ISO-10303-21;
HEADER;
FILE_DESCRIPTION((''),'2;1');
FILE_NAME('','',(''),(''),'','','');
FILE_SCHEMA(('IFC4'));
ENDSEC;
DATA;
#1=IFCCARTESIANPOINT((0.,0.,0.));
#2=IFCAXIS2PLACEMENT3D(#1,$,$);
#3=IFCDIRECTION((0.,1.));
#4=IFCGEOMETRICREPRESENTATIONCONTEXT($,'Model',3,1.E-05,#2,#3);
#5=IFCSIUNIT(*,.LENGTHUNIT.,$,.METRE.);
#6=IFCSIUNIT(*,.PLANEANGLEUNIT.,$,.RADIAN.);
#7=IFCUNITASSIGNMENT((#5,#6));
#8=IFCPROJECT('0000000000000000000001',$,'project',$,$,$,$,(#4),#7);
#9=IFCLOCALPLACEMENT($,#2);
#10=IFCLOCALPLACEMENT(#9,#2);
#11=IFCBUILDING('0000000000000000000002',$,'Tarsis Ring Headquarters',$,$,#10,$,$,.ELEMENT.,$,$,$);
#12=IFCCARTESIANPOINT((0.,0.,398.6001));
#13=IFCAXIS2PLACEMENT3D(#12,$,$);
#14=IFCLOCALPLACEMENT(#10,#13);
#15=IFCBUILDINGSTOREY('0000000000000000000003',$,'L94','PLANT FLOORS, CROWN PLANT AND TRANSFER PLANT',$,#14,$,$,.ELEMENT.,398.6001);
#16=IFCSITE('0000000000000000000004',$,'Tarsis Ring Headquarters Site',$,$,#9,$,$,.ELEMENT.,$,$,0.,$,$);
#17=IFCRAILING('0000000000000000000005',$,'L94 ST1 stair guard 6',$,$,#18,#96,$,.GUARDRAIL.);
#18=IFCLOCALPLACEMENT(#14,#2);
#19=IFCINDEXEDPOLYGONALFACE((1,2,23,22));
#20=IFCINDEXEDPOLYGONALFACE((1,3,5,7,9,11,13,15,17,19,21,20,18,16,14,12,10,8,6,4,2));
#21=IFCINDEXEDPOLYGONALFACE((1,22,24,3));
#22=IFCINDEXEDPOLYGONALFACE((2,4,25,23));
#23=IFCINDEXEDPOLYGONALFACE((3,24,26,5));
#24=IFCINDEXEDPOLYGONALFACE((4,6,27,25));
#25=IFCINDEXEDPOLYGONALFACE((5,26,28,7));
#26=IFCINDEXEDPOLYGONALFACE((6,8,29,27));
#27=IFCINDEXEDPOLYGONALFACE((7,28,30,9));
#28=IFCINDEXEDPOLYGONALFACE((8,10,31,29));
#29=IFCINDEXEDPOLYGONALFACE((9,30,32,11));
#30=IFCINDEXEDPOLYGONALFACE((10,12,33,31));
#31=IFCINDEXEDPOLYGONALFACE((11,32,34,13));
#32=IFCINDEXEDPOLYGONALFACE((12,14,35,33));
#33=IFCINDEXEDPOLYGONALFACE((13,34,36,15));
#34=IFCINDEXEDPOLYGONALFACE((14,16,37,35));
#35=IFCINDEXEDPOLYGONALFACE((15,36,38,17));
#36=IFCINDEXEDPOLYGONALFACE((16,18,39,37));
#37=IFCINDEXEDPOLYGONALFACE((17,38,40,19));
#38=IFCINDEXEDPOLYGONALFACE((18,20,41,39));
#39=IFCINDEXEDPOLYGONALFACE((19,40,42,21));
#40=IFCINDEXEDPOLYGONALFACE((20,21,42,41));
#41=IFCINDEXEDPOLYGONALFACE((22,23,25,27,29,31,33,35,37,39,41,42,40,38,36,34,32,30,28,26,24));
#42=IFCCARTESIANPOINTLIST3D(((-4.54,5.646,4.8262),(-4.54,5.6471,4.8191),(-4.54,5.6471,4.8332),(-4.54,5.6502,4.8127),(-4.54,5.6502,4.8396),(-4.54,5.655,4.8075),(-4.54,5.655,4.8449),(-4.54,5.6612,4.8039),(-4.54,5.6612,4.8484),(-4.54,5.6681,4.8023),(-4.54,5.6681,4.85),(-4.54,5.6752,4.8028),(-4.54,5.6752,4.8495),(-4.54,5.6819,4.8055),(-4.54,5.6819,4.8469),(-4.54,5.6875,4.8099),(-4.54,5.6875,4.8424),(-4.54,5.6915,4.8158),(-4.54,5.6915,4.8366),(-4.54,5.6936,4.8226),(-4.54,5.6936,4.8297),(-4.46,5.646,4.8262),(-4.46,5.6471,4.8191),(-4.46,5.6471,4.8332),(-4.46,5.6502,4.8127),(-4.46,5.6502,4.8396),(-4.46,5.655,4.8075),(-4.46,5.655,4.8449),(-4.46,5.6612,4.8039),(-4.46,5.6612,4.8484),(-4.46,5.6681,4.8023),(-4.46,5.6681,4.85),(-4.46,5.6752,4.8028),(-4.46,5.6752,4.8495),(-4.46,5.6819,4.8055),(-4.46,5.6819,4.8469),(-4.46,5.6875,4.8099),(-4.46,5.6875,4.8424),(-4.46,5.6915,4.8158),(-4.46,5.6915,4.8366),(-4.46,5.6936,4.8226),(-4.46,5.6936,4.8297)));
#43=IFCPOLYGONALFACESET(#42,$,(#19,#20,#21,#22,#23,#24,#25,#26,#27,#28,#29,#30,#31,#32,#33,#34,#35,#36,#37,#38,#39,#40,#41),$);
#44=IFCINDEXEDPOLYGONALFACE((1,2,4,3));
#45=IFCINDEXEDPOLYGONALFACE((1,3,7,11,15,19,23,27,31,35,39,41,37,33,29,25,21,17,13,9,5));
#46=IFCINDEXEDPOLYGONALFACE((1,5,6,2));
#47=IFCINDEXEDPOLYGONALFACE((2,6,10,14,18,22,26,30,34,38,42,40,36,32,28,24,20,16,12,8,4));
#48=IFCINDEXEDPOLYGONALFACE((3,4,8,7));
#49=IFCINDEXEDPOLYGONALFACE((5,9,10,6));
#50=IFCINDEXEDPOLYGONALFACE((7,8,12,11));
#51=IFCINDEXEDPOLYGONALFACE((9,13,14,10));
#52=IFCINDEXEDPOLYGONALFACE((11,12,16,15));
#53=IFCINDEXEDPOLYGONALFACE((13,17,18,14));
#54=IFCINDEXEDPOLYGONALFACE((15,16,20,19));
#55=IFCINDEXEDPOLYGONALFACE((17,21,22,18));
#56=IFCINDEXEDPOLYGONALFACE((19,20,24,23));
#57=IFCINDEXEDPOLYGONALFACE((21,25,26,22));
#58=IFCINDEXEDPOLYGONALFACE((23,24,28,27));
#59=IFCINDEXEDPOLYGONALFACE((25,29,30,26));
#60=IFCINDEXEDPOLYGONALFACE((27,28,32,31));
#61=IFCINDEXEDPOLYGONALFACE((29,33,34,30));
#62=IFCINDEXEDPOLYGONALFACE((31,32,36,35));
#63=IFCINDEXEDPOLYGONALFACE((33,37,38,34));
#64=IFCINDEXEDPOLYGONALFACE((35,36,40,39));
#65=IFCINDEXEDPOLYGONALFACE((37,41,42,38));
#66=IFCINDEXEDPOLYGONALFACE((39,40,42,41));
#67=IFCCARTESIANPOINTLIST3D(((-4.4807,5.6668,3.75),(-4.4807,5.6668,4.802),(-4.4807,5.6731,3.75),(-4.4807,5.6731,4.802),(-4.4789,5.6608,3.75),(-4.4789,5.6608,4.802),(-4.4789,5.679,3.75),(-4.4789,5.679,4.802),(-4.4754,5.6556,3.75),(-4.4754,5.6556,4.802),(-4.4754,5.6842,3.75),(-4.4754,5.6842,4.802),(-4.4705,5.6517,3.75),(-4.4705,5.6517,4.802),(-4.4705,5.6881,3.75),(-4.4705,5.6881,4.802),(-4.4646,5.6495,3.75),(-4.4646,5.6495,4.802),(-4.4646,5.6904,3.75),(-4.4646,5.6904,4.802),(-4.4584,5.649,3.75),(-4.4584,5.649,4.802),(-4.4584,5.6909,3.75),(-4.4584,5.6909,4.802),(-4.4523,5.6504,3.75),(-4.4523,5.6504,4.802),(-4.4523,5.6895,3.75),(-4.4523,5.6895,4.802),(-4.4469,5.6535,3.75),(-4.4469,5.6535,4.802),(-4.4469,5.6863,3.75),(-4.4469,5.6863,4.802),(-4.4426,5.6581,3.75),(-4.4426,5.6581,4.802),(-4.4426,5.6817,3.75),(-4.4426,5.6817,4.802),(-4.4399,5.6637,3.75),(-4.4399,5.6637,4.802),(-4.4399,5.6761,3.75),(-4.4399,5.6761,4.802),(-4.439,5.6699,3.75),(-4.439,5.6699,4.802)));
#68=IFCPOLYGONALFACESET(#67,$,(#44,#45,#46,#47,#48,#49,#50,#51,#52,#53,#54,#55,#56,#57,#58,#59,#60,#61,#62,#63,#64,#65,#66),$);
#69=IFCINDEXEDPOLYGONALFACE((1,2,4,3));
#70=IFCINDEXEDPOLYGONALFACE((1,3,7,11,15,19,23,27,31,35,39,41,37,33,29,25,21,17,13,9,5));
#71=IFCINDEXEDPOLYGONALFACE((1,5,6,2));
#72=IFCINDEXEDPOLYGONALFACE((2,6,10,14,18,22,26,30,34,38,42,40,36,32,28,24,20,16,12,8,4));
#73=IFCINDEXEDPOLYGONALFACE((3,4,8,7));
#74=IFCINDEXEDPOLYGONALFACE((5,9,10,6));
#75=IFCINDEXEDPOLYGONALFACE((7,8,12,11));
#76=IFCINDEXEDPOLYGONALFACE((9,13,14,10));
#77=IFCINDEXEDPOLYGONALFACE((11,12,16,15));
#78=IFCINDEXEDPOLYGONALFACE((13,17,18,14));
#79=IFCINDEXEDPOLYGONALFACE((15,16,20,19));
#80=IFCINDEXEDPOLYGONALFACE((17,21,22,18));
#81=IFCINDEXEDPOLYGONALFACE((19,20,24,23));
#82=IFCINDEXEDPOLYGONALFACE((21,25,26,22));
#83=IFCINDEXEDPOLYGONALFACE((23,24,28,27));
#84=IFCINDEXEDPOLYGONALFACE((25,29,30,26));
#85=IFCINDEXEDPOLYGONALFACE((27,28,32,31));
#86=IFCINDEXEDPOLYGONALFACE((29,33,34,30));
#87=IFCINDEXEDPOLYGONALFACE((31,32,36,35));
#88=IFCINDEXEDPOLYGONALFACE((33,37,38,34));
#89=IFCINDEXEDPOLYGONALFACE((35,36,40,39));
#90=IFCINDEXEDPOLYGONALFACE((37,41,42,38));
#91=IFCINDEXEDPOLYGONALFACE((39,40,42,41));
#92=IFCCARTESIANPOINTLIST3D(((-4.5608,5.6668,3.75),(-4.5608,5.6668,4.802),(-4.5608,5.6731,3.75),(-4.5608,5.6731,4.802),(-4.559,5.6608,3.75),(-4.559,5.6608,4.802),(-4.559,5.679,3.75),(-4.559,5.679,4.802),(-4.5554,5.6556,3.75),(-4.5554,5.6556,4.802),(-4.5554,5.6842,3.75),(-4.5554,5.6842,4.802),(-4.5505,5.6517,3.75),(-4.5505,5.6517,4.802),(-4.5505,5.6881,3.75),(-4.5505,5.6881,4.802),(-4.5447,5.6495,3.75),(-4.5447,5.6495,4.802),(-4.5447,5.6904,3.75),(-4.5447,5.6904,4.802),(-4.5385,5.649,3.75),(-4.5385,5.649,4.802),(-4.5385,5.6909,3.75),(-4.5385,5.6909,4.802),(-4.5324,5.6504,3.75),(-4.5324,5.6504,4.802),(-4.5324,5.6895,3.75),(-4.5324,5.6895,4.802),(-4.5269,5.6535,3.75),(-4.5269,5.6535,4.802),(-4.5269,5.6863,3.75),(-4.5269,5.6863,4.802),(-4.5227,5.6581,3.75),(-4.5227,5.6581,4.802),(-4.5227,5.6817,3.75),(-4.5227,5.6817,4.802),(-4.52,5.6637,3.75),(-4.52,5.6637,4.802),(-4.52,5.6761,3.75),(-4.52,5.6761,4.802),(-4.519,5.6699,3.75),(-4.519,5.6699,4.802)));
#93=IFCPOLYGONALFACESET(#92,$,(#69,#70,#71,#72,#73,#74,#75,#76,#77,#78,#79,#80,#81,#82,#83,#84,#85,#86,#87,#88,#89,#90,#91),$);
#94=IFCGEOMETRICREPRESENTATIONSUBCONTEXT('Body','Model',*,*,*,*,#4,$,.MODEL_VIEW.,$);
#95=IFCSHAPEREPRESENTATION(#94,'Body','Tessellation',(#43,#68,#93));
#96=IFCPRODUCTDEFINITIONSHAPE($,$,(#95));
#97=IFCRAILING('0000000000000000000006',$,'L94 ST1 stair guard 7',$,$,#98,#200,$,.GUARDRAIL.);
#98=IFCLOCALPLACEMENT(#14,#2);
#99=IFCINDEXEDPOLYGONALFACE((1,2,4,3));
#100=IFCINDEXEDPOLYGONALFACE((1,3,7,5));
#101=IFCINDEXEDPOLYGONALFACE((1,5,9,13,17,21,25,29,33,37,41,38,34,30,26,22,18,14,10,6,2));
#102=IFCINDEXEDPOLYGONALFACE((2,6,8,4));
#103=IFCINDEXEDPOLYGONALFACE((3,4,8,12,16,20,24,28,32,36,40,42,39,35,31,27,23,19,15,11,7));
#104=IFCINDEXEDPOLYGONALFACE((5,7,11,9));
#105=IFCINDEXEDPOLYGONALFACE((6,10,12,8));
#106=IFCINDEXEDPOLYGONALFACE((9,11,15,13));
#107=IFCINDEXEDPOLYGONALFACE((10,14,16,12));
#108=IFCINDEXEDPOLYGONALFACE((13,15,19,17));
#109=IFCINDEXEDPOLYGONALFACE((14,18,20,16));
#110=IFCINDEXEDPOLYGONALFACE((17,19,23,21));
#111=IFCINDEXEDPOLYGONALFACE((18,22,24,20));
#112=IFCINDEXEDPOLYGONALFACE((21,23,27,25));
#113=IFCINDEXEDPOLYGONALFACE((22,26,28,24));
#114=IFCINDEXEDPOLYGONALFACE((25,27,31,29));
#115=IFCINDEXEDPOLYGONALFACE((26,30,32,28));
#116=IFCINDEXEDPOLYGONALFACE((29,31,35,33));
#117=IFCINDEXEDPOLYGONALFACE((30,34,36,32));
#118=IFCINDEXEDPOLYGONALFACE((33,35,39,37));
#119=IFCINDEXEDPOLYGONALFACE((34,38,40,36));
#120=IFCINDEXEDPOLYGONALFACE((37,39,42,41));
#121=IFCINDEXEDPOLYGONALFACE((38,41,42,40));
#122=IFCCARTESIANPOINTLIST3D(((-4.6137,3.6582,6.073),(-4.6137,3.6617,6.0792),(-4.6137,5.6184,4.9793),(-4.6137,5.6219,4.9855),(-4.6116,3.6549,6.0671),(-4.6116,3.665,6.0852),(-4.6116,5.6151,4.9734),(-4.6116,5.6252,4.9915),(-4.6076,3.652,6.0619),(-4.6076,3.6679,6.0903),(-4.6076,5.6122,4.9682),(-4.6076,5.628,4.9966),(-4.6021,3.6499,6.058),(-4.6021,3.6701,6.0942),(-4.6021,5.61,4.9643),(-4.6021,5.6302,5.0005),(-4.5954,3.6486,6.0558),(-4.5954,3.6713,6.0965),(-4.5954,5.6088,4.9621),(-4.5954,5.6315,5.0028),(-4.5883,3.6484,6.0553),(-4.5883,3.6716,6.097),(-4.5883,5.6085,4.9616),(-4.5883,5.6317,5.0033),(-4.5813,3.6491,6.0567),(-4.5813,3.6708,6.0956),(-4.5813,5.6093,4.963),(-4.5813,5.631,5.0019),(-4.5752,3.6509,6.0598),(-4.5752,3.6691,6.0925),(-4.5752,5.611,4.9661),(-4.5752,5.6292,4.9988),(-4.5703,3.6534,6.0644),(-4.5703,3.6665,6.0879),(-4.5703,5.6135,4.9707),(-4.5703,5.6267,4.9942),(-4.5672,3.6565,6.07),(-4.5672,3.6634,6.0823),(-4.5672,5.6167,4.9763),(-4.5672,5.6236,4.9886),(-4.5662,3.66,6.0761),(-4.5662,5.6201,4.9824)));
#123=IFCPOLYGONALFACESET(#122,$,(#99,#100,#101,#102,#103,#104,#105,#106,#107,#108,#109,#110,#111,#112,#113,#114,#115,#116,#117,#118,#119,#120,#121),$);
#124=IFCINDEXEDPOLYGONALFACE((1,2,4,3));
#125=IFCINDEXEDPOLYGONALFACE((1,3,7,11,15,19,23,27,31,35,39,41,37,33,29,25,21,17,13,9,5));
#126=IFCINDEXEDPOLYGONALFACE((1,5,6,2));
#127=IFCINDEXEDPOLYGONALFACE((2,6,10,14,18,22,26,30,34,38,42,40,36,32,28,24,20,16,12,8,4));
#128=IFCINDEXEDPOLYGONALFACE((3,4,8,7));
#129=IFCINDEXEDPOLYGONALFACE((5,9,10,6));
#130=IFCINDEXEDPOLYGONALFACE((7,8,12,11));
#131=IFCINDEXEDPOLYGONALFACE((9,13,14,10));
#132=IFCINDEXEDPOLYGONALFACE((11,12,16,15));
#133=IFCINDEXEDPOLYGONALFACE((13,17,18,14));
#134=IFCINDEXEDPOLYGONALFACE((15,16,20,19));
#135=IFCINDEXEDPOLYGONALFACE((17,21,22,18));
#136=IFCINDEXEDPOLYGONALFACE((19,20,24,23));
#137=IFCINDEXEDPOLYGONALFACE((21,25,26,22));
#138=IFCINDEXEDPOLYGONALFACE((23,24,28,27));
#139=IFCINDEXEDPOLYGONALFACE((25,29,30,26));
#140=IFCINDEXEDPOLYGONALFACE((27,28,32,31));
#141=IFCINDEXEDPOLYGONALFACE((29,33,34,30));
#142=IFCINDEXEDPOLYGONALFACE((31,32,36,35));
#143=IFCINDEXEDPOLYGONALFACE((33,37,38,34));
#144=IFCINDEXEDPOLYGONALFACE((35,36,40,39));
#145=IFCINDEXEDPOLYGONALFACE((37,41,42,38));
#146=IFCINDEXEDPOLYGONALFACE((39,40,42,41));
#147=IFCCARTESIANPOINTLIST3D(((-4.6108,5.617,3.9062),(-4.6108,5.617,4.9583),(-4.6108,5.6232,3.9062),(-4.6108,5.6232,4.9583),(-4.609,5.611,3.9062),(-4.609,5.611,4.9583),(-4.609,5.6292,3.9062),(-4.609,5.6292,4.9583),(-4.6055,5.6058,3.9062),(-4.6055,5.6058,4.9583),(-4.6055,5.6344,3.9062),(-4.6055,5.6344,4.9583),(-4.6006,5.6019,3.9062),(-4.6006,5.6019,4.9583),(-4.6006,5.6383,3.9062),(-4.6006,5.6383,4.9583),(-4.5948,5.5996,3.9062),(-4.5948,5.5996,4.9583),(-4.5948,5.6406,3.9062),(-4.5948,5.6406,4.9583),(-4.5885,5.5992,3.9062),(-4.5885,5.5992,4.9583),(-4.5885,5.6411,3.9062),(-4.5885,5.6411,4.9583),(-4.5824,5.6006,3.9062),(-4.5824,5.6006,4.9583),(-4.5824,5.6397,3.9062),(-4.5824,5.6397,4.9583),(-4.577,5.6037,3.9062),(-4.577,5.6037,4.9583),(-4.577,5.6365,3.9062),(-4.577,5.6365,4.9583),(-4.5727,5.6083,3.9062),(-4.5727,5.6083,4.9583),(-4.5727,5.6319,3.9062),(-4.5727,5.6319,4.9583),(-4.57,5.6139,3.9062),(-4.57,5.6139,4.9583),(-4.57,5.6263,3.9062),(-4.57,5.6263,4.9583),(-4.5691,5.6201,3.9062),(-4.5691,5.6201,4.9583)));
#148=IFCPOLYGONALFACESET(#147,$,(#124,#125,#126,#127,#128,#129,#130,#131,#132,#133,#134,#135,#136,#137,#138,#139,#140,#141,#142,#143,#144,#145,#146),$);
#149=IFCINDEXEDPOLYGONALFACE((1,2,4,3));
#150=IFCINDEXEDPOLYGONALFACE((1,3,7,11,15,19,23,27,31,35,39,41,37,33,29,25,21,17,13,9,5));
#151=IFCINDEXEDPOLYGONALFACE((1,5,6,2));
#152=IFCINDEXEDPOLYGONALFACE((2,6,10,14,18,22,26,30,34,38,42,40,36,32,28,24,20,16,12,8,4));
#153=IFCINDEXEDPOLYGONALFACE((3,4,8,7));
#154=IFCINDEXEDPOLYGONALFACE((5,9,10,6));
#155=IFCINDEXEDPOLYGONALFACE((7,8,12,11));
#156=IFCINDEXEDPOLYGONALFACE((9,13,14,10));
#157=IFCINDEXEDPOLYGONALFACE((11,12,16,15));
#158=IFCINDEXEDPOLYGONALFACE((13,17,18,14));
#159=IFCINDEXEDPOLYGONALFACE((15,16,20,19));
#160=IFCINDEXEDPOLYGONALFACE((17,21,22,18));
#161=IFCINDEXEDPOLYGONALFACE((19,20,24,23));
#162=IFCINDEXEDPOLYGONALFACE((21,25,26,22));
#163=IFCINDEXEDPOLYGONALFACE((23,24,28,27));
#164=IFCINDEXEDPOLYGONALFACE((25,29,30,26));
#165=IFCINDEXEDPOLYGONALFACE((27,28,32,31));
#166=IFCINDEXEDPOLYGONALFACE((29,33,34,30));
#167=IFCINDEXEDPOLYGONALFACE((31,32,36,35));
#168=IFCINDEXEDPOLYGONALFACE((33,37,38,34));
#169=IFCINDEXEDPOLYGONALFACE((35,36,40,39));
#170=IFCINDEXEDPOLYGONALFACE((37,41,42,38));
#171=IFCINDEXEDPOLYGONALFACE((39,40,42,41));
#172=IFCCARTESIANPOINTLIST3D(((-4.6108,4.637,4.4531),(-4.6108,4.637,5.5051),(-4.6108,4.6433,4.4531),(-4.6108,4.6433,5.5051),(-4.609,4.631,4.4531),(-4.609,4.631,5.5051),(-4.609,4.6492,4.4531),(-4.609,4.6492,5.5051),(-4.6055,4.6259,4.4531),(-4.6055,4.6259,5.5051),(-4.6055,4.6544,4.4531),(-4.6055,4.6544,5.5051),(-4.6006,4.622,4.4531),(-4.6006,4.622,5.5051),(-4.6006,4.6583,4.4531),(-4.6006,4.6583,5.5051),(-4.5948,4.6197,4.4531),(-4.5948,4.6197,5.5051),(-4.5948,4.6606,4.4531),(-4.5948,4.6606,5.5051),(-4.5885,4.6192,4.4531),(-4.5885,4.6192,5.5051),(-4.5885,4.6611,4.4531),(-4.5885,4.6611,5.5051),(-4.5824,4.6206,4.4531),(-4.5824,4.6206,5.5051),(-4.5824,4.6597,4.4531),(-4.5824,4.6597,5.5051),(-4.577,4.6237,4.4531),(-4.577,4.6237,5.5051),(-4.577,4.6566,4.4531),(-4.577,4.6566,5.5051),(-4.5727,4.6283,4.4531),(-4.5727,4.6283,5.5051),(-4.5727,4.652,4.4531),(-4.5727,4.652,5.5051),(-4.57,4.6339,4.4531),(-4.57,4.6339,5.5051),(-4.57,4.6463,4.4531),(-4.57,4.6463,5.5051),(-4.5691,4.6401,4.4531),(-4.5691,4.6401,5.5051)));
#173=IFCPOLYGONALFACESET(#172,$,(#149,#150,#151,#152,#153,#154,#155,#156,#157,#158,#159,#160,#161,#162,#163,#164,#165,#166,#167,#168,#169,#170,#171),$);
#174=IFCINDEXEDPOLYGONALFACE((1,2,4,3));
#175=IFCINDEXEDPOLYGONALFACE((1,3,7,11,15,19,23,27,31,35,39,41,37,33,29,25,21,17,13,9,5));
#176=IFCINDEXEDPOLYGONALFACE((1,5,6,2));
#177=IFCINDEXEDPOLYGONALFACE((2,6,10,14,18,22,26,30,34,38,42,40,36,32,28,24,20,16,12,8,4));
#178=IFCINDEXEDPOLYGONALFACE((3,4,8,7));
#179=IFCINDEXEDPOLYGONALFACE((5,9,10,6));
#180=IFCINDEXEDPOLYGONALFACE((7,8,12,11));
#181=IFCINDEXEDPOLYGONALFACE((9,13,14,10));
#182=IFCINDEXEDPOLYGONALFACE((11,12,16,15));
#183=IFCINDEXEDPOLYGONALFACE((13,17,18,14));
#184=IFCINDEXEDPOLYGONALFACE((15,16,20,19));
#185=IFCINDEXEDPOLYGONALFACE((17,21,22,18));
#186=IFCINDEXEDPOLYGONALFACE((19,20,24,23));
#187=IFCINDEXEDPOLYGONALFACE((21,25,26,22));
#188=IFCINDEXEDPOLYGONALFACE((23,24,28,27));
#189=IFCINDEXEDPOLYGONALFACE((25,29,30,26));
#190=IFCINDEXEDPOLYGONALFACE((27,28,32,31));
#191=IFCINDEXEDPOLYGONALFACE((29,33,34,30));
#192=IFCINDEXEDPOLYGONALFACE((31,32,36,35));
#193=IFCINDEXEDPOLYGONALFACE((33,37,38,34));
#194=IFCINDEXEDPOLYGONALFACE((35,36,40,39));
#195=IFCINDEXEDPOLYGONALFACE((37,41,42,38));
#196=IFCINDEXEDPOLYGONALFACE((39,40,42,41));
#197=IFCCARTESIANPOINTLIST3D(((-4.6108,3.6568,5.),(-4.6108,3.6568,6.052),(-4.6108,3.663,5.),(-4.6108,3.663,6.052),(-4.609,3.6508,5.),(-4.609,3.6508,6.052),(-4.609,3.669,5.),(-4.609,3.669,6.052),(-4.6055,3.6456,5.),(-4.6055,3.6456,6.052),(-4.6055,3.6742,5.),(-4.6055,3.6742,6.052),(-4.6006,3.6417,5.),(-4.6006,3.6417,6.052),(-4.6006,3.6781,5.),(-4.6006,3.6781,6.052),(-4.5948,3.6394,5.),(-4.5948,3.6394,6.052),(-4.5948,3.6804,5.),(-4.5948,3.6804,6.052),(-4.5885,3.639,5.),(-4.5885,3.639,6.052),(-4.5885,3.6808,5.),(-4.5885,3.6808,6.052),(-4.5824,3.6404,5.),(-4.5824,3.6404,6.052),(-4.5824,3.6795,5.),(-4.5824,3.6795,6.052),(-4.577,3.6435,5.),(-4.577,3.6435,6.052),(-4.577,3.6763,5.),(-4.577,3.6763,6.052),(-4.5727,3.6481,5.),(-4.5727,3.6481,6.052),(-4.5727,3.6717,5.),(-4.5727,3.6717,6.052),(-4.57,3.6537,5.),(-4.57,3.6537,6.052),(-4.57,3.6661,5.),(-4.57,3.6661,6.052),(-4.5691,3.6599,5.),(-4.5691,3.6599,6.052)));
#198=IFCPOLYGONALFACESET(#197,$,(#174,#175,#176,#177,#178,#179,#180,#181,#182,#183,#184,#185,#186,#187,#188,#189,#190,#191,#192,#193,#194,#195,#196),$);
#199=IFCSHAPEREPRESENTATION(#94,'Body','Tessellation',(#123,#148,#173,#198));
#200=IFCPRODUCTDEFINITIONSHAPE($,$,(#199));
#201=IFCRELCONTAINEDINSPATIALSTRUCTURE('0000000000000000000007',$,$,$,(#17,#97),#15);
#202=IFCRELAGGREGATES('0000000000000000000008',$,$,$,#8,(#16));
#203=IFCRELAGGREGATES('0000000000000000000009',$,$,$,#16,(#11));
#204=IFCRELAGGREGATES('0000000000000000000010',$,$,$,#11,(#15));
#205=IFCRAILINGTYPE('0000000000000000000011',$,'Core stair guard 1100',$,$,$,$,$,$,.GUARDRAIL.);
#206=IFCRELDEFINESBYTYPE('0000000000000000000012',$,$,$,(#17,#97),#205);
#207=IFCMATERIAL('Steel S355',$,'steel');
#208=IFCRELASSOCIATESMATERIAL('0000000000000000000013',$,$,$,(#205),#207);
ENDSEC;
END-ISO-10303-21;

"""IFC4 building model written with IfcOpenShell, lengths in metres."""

from ifc_helpers import new_model, si_unit, direction, frame, origin, origin_2d, place, context, subcontext, project, spatial, circle, extrude, material, type_object, element, save


model = new_model("IFC4")

# Units and contexts
model_context = context("Model", 3, precision=1e-05, world=origin(), true_north=direction((0.0, 1.0)))
body_context = subcontext(model_context, "Body", "Model", "MODEL_VIEW")
ifc_project = project(units=[si_unit("LENGTHUNIT", "METRE"), si_unit("PLANEANGLEUNIT", "RADIAN")], contexts=[model_context])

# Site, building, storey
site_placement = place(None, origin())
site = spatial("IfcSite", under=ifc_project, at=site_placement, Name="Tarsis Ring Headquarters Site", CompositionType="ELEMENT", RefElevation=0.0)
building_placement = place(site_placement, origin())
building = spatial("IfcBuilding", under=site, at=building_placement, Name="Tarsis Ring Headquarters", CompositionType="ELEMENT")
storey_placement = place(building_placement, frame((0.0, 0.0, 398.6001)))
storey = spatial("IfcBuildingStorey", under=building, at=storey_placement, Name="L94", Description="PLANT FLOORS, CROWN PLANT AND TRANSFER PLANT", CompositionType="ELEMENT", Elevation=398.6001)

# Shared definitions
ifc_material_1 = material(Name="Steel S355", Category="steel")

# Railings
railing_type_1 = type_object("IfcRailingType", Name="Core stair guard 1100", PredefinedType="GUARDRAIL", material=ifc_material_1)
railing_1_placement = place(storey_placement, frame((-4.46, 5.6699, 3.75)))
element("IfcRailing", 1, at=railing_1_placement, inside=storey, type_object=railing_type_1, Name="L94 ST1 stair guard 6", PredefinedType="GUARDRAIL", context=body_context, shape_type="SweptSolid", body=[
    extrude(circle(Radius=0.0239, at=origin_2d()), frame((0.0, 0.0, 1.0762), z_axis=(-1.0, 0.0, 0.0), x_axis=(0.0, -1.0, 0.0)), (0.0, 0.0, 1.0), 0.0801),
    extrude(circle(Radius=0.021, at=origin_2d()), origin(), (0.0, 0.0, 1.0), 1.052),
    extrude(circle(Radius=0.021, at=origin_2d()), frame((-0.0801, 0.0, 0.0)), (0.0, 0.0, 1.0), 1.052),
])
railing_2_placement = place(storey_placement, frame((-4.5901, 5.6201, 3.9062)))
element("IfcRailing", 2, at=railing_2_placement, inside=storey, type_object=railing_type_1, Name="L94 ST1 stair guard 7", PredefinedType="GUARDRAIL", context=body_context, shape_type="SweptSolid", body=[
    extrude(circle(Radius=0.0239, at=origin_2d()), frame((0.0, 0.0, 1.0762), z_axis=(0.0, -0.873258, 0.487258), x_axis=(1.0, 0.0, 0.0)), (0.0, 0.0, 1.0), 2.2446),
    extrude(circle(Radius=0.021, at=origin_2d()), origin(), (0.0, 0.0, 1.0), 1.052),
    extrude(circle(Radius=0.021, at=origin_2d()), frame((0.0, -0.98, 0.5469)), (0.0, 0.0, 1.0), 1.052),
    extrude(circle(Radius=0.021, at=origin_2d()), frame((0.0, -1.9602, 1.0938)), (0.0, 0.0, 1.0), 1.052),
])

save(model, "model.ifc")
